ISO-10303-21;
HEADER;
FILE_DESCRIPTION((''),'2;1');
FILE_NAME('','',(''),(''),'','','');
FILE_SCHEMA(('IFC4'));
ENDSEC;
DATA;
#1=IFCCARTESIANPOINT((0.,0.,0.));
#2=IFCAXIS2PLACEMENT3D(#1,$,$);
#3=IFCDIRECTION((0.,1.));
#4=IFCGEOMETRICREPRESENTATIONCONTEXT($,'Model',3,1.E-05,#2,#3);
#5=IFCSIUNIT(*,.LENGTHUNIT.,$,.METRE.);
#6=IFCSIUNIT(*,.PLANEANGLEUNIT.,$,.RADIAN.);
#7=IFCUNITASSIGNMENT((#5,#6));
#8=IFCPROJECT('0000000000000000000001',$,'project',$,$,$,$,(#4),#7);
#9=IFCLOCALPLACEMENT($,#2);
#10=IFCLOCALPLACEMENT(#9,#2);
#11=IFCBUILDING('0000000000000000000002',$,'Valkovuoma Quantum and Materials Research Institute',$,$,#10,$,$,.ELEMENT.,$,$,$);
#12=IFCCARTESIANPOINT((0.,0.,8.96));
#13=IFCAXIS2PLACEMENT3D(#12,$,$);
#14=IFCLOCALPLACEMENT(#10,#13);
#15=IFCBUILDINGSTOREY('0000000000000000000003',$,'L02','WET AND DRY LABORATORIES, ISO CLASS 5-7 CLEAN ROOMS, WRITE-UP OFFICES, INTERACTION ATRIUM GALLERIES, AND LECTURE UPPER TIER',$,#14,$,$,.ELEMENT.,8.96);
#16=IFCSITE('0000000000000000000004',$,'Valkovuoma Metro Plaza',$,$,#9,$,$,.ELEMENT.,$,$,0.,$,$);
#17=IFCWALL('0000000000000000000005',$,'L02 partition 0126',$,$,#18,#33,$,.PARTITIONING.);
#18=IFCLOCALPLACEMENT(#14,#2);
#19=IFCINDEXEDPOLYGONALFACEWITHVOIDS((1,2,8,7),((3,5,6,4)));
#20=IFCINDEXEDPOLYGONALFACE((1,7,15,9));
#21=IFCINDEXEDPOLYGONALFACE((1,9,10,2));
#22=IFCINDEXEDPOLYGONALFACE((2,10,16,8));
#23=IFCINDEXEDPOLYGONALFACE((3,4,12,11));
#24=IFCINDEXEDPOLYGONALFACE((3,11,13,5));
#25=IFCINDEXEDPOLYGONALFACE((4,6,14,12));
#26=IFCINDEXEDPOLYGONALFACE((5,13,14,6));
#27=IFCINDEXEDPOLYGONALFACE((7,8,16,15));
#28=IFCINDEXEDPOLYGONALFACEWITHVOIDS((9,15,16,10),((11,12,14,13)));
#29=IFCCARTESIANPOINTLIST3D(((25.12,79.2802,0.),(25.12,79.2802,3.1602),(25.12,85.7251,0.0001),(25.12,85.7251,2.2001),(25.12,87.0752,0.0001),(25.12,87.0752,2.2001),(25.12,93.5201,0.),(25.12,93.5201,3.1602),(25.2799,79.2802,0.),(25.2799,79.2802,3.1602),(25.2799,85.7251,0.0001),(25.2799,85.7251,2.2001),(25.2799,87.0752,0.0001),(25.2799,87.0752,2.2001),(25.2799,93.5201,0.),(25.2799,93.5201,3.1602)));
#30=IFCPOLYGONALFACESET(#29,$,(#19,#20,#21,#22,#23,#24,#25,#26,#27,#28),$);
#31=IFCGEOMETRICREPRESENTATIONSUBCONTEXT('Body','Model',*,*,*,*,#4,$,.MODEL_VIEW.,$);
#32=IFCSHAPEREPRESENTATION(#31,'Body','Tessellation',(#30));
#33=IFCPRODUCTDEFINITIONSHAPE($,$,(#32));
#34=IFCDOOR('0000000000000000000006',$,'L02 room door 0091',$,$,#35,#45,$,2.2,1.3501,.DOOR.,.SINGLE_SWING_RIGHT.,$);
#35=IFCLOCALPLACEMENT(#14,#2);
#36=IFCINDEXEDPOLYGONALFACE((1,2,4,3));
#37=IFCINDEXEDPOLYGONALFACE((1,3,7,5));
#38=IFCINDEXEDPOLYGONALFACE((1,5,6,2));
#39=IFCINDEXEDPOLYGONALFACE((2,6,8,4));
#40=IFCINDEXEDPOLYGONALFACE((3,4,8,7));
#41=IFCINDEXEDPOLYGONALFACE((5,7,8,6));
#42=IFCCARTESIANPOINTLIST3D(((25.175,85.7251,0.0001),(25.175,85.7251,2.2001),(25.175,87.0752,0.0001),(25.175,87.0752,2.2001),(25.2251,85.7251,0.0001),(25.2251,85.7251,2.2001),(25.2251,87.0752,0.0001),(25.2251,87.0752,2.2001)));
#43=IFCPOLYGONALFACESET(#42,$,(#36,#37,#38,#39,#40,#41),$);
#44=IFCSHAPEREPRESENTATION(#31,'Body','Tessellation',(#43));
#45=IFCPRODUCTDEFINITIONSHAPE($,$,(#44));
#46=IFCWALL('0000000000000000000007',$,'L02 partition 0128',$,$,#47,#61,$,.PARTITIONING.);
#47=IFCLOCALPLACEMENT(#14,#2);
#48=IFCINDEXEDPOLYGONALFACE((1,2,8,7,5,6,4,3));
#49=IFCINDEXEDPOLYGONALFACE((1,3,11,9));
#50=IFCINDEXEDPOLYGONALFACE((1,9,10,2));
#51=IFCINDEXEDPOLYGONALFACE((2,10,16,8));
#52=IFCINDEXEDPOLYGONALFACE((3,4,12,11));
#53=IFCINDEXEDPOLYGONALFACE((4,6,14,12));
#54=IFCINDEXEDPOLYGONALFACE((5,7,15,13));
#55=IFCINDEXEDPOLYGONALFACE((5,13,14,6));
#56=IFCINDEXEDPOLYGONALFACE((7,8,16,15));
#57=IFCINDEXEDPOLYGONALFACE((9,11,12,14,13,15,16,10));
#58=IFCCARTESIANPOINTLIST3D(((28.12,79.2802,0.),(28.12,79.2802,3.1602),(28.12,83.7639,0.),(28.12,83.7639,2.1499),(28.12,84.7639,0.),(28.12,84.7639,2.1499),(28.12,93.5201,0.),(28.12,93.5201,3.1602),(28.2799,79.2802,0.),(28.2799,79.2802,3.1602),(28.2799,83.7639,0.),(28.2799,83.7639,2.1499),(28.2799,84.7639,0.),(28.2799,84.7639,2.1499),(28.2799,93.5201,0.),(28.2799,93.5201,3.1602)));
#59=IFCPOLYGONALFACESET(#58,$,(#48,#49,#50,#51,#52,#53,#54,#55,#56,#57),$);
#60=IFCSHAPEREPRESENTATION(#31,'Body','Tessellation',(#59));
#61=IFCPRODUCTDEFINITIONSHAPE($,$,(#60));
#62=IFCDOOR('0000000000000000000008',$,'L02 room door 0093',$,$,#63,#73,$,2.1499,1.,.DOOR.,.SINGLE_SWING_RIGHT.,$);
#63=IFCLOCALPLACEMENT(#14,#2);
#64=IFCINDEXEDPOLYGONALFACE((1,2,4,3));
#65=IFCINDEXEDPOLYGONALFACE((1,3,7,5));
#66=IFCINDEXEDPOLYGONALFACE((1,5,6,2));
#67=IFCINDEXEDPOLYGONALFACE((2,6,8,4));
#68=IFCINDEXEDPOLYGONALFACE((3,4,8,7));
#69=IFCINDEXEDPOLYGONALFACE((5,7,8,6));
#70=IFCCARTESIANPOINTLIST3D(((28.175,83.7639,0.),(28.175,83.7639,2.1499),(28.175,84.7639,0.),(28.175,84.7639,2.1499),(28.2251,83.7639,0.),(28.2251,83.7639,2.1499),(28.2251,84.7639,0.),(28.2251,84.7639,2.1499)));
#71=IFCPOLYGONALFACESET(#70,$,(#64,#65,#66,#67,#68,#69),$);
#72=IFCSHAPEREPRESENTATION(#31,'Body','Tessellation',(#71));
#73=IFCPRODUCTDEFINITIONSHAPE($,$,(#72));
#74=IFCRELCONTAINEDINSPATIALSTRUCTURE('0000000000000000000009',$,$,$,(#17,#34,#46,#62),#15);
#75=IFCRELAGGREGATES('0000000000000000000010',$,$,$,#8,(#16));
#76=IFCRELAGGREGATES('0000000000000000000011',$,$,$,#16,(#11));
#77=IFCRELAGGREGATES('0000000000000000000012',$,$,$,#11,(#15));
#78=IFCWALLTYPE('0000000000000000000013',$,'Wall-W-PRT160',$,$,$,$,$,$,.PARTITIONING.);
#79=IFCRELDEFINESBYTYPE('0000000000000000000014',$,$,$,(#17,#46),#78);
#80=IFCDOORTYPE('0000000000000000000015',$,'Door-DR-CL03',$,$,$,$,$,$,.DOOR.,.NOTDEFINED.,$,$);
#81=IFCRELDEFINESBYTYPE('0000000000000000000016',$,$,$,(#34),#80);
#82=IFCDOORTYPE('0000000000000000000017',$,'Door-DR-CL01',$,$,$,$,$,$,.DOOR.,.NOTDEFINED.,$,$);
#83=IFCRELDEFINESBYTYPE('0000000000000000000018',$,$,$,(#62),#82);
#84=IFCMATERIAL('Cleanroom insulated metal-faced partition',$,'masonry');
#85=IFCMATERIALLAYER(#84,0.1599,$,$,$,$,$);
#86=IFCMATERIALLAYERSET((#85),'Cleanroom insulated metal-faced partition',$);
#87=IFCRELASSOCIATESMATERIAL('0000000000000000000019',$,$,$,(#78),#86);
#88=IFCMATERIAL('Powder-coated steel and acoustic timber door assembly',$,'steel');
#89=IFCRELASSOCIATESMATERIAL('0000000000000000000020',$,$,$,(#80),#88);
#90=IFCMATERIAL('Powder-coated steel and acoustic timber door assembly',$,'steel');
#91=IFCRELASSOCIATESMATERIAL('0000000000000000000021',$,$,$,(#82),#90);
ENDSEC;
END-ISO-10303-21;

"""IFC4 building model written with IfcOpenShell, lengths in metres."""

from ifc_helpers import new_model, si_unit, direction, frame, frame_2d, origin, place, context, subcontext, project, spatial, rectangle, extrude, material, layer, layer_set, type_object, element, fill, save


model = new_model("IFC4")

# Units and contexts
model_context = context("Model", 3, precision=1e-05, world=origin(), true_north=direction((0.0, 1.0)))
body_context = subcontext(model_context, "Body", "Model", "MODEL_VIEW")
ifc_project = project(units=[si_unit("LENGTHUNIT", "METRE"), si_unit("PLANEANGLEUNIT", "RADIAN")], contexts=[model_context])

# Site, building, storey
site_placement = place(None, origin())
site = spatial("IfcSite", under=ifc_project, at=site_placement, Name="Valkovuoma Metro Plaza", CompositionType="ELEMENT", RefElevation=0.0)
building_placement = place(site_placement, origin())
building = spatial("IfcBuilding", under=site, at=building_placement, Name="Valkovuoma Quantum and Materials Research Institute", CompositionType="ELEMENT")
storey_placement = place(building_placement, frame((0.0, 0.0, 8.96)))
storey = spatial("IfcBuildingStorey", under=building, at=storey_placement, Name="L02", Description="WET AND DRY LABORATORIES, ISO CLASS 5-7 CLEAN ROOMS, WRITE-UP OFFICES, INTERACTION ATRIUM GALLERIES, AND LECTURE UPPER TIER", CompositionType="ELEMENT", Elevation=8.96)

# Walls, openings, doors
ifc_material_1 = material(Name="Cleanroom insulated metal-faced partition", Category="masonry")
ifc_layer = layer(ifc_material_1, 0.1599)
ifc_layer_set = layer_set([ifc_layer], Name="Cleanroom insulated metal-faced partition")
wall_type = type_object("IfcWallType", Name="Wall-W-PRT160", PredefinedType="PARTITIONING", material=ifc_layer_set)
wall_1_placement = place(storey_placement, frame((25.2, 79.28, 0.0), z_axis=(0.0, 0.0, 1.0), x_axis=(0.0, 1.0, 0.0)))
wall_1 = element("IfcWall", 1, at=wall_1_placement, inside=storey, type_object=wall_type, Name="L02 partition 0126", PredefinedType="PARTITIONING", context=body_context, shape_type="SweptSolid", body=[
    extrude(rectangle(XDim=14.24, YDim=0.1599, at=frame_2d((7.1201, 0.0))), origin(), (0.0, 0.0, 1.0), 3.1602),
])
opening_1_placement = place(wall_1_placement, frame((6.4451, 0.0, 0.0)))
opening_1 = element("IfcOpeningElement", 2, at=opening_1_placement, cuts=wall_1, PredefinedType="OPENING", context=body_context, shape_type="SweptSolid", body=[
    extrude(rectangle(XDim=1.3501, YDim=2.2, at=frame_2d((0.675, 1.1001))), frame((0.0, 0.0898, 0.0), z_axis=(0.0, -1.0, 0.0), x_axis=(1.0, 0.0, 0.0)), (0.0, 0.0, 1.0), 0.1799),
])
ifc_material_2 = material(Name="Powder-coated steel and acoustic timber door assembly", Category="steel")
door_type_1 = type_object("IfcDoorType", Name="Door-DR-CL03", OperationType="NOTDEFINED", PredefinedType="DOOR", material=ifc_material_2)
door_1_placement = place(opening_1_placement, origin())
door_1 = element("IfcDoor", 3, at=door_1_placement, inside=storey, type_object=door_type_1, Name="L02 room door 0091", OperationType="SINGLE_SWING_RIGHT", OverallHeight=2.2, OverallWidth=1.3501, PredefinedType="DOOR", context=body_context, shape_type="SweptSolid", body=[
    extrude(rectangle(XDim=1.3501, YDim=2.2, at=frame_2d((0.675, 1.1001))), frame((0.0, 0.0249, 0.0), z_axis=(0.0, -1.0, 0.0), x_axis=(1.0, 0.0, 0.0)), (0.0, 0.0, 1.0), 0.05),
])
fill(opening_1, door_1)
wall_2_placement = place(storey_placement, frame((28.2, 79.28, 0.0), z_axis=(0.0, 0.0, 1.0), x_axis=(0.0, 1.0, 0.0)))
wall_2 = element("IfcWall", 4, at=wall_2_placement, inside=storey, type_object=wall_type, Name="L02 partition 0128", PredefinedType="PARTITIONING", context=body_context, shape_type="SweptSolid", body=[
    extrude(rectangle(XDim=14.24, YDim=0.1599, at=frame_2d((7.1201, 0.0))), origin(), (0.0, 0.0, 1.0), 3.1602),
])
opening_2_placement = place(wall_2_placement, frame((4.4839, 0.0, 0.0)))
opening_2 = element("IfcOpeningElement", 5, at=opening_2_placement, cuts=wall_2, PredefinedType="OPENING", context=body_context, shape_type="SweptSolid", body=[
    extrude(rectangle(XDim=1.0, YDim=2.1499, at=frame_2d((0.5, 1.075))), frame((0.0, 0.0898, 0.0), z_axis=(0.0, -1.0, 0.0), x_axis=(1.0, 0.0, 0.0)), (0.0, 0.0, 1.0), 0.1799),
])
ifc_material_3 = material(Name="Powder-coated steel and acoustic timber door assembly", Category="steel")
door_type_2 = type_object("IfcDoorType", Name="Door-DR-CL01", OperationType="NOTDEFINED", PredefinedType="DOOR", material=ifc_material_3)
door_2_placement = place(opening_2_placement, origin())
door_2 = element("IfcDoor", 6, at=door_2_placement, inside=storey, type_object=door_type_2, Name="L02 room door 0093", OperationType="SINGLE_SWING_RIGHT", OverallHeight=2.1499, OverallWidth=1.0, PredefinedType="DOOR", context=body_context, shape_type="SweptSolid", body=[
    extrude(rectangle(XDim=1.0, YDim=2.1499, at=frame_2d((0.5, 1.075))), frame((0.0, 0.0249, 0.0), z_axis=(0.0, -1.0, 0.0), x_axis=(1.0, 0.0, 0.0)), (0.0, 0.0, 1.0), 0.05),
])
fill(opening_2, door_2)

save(model, "model.ifc")
